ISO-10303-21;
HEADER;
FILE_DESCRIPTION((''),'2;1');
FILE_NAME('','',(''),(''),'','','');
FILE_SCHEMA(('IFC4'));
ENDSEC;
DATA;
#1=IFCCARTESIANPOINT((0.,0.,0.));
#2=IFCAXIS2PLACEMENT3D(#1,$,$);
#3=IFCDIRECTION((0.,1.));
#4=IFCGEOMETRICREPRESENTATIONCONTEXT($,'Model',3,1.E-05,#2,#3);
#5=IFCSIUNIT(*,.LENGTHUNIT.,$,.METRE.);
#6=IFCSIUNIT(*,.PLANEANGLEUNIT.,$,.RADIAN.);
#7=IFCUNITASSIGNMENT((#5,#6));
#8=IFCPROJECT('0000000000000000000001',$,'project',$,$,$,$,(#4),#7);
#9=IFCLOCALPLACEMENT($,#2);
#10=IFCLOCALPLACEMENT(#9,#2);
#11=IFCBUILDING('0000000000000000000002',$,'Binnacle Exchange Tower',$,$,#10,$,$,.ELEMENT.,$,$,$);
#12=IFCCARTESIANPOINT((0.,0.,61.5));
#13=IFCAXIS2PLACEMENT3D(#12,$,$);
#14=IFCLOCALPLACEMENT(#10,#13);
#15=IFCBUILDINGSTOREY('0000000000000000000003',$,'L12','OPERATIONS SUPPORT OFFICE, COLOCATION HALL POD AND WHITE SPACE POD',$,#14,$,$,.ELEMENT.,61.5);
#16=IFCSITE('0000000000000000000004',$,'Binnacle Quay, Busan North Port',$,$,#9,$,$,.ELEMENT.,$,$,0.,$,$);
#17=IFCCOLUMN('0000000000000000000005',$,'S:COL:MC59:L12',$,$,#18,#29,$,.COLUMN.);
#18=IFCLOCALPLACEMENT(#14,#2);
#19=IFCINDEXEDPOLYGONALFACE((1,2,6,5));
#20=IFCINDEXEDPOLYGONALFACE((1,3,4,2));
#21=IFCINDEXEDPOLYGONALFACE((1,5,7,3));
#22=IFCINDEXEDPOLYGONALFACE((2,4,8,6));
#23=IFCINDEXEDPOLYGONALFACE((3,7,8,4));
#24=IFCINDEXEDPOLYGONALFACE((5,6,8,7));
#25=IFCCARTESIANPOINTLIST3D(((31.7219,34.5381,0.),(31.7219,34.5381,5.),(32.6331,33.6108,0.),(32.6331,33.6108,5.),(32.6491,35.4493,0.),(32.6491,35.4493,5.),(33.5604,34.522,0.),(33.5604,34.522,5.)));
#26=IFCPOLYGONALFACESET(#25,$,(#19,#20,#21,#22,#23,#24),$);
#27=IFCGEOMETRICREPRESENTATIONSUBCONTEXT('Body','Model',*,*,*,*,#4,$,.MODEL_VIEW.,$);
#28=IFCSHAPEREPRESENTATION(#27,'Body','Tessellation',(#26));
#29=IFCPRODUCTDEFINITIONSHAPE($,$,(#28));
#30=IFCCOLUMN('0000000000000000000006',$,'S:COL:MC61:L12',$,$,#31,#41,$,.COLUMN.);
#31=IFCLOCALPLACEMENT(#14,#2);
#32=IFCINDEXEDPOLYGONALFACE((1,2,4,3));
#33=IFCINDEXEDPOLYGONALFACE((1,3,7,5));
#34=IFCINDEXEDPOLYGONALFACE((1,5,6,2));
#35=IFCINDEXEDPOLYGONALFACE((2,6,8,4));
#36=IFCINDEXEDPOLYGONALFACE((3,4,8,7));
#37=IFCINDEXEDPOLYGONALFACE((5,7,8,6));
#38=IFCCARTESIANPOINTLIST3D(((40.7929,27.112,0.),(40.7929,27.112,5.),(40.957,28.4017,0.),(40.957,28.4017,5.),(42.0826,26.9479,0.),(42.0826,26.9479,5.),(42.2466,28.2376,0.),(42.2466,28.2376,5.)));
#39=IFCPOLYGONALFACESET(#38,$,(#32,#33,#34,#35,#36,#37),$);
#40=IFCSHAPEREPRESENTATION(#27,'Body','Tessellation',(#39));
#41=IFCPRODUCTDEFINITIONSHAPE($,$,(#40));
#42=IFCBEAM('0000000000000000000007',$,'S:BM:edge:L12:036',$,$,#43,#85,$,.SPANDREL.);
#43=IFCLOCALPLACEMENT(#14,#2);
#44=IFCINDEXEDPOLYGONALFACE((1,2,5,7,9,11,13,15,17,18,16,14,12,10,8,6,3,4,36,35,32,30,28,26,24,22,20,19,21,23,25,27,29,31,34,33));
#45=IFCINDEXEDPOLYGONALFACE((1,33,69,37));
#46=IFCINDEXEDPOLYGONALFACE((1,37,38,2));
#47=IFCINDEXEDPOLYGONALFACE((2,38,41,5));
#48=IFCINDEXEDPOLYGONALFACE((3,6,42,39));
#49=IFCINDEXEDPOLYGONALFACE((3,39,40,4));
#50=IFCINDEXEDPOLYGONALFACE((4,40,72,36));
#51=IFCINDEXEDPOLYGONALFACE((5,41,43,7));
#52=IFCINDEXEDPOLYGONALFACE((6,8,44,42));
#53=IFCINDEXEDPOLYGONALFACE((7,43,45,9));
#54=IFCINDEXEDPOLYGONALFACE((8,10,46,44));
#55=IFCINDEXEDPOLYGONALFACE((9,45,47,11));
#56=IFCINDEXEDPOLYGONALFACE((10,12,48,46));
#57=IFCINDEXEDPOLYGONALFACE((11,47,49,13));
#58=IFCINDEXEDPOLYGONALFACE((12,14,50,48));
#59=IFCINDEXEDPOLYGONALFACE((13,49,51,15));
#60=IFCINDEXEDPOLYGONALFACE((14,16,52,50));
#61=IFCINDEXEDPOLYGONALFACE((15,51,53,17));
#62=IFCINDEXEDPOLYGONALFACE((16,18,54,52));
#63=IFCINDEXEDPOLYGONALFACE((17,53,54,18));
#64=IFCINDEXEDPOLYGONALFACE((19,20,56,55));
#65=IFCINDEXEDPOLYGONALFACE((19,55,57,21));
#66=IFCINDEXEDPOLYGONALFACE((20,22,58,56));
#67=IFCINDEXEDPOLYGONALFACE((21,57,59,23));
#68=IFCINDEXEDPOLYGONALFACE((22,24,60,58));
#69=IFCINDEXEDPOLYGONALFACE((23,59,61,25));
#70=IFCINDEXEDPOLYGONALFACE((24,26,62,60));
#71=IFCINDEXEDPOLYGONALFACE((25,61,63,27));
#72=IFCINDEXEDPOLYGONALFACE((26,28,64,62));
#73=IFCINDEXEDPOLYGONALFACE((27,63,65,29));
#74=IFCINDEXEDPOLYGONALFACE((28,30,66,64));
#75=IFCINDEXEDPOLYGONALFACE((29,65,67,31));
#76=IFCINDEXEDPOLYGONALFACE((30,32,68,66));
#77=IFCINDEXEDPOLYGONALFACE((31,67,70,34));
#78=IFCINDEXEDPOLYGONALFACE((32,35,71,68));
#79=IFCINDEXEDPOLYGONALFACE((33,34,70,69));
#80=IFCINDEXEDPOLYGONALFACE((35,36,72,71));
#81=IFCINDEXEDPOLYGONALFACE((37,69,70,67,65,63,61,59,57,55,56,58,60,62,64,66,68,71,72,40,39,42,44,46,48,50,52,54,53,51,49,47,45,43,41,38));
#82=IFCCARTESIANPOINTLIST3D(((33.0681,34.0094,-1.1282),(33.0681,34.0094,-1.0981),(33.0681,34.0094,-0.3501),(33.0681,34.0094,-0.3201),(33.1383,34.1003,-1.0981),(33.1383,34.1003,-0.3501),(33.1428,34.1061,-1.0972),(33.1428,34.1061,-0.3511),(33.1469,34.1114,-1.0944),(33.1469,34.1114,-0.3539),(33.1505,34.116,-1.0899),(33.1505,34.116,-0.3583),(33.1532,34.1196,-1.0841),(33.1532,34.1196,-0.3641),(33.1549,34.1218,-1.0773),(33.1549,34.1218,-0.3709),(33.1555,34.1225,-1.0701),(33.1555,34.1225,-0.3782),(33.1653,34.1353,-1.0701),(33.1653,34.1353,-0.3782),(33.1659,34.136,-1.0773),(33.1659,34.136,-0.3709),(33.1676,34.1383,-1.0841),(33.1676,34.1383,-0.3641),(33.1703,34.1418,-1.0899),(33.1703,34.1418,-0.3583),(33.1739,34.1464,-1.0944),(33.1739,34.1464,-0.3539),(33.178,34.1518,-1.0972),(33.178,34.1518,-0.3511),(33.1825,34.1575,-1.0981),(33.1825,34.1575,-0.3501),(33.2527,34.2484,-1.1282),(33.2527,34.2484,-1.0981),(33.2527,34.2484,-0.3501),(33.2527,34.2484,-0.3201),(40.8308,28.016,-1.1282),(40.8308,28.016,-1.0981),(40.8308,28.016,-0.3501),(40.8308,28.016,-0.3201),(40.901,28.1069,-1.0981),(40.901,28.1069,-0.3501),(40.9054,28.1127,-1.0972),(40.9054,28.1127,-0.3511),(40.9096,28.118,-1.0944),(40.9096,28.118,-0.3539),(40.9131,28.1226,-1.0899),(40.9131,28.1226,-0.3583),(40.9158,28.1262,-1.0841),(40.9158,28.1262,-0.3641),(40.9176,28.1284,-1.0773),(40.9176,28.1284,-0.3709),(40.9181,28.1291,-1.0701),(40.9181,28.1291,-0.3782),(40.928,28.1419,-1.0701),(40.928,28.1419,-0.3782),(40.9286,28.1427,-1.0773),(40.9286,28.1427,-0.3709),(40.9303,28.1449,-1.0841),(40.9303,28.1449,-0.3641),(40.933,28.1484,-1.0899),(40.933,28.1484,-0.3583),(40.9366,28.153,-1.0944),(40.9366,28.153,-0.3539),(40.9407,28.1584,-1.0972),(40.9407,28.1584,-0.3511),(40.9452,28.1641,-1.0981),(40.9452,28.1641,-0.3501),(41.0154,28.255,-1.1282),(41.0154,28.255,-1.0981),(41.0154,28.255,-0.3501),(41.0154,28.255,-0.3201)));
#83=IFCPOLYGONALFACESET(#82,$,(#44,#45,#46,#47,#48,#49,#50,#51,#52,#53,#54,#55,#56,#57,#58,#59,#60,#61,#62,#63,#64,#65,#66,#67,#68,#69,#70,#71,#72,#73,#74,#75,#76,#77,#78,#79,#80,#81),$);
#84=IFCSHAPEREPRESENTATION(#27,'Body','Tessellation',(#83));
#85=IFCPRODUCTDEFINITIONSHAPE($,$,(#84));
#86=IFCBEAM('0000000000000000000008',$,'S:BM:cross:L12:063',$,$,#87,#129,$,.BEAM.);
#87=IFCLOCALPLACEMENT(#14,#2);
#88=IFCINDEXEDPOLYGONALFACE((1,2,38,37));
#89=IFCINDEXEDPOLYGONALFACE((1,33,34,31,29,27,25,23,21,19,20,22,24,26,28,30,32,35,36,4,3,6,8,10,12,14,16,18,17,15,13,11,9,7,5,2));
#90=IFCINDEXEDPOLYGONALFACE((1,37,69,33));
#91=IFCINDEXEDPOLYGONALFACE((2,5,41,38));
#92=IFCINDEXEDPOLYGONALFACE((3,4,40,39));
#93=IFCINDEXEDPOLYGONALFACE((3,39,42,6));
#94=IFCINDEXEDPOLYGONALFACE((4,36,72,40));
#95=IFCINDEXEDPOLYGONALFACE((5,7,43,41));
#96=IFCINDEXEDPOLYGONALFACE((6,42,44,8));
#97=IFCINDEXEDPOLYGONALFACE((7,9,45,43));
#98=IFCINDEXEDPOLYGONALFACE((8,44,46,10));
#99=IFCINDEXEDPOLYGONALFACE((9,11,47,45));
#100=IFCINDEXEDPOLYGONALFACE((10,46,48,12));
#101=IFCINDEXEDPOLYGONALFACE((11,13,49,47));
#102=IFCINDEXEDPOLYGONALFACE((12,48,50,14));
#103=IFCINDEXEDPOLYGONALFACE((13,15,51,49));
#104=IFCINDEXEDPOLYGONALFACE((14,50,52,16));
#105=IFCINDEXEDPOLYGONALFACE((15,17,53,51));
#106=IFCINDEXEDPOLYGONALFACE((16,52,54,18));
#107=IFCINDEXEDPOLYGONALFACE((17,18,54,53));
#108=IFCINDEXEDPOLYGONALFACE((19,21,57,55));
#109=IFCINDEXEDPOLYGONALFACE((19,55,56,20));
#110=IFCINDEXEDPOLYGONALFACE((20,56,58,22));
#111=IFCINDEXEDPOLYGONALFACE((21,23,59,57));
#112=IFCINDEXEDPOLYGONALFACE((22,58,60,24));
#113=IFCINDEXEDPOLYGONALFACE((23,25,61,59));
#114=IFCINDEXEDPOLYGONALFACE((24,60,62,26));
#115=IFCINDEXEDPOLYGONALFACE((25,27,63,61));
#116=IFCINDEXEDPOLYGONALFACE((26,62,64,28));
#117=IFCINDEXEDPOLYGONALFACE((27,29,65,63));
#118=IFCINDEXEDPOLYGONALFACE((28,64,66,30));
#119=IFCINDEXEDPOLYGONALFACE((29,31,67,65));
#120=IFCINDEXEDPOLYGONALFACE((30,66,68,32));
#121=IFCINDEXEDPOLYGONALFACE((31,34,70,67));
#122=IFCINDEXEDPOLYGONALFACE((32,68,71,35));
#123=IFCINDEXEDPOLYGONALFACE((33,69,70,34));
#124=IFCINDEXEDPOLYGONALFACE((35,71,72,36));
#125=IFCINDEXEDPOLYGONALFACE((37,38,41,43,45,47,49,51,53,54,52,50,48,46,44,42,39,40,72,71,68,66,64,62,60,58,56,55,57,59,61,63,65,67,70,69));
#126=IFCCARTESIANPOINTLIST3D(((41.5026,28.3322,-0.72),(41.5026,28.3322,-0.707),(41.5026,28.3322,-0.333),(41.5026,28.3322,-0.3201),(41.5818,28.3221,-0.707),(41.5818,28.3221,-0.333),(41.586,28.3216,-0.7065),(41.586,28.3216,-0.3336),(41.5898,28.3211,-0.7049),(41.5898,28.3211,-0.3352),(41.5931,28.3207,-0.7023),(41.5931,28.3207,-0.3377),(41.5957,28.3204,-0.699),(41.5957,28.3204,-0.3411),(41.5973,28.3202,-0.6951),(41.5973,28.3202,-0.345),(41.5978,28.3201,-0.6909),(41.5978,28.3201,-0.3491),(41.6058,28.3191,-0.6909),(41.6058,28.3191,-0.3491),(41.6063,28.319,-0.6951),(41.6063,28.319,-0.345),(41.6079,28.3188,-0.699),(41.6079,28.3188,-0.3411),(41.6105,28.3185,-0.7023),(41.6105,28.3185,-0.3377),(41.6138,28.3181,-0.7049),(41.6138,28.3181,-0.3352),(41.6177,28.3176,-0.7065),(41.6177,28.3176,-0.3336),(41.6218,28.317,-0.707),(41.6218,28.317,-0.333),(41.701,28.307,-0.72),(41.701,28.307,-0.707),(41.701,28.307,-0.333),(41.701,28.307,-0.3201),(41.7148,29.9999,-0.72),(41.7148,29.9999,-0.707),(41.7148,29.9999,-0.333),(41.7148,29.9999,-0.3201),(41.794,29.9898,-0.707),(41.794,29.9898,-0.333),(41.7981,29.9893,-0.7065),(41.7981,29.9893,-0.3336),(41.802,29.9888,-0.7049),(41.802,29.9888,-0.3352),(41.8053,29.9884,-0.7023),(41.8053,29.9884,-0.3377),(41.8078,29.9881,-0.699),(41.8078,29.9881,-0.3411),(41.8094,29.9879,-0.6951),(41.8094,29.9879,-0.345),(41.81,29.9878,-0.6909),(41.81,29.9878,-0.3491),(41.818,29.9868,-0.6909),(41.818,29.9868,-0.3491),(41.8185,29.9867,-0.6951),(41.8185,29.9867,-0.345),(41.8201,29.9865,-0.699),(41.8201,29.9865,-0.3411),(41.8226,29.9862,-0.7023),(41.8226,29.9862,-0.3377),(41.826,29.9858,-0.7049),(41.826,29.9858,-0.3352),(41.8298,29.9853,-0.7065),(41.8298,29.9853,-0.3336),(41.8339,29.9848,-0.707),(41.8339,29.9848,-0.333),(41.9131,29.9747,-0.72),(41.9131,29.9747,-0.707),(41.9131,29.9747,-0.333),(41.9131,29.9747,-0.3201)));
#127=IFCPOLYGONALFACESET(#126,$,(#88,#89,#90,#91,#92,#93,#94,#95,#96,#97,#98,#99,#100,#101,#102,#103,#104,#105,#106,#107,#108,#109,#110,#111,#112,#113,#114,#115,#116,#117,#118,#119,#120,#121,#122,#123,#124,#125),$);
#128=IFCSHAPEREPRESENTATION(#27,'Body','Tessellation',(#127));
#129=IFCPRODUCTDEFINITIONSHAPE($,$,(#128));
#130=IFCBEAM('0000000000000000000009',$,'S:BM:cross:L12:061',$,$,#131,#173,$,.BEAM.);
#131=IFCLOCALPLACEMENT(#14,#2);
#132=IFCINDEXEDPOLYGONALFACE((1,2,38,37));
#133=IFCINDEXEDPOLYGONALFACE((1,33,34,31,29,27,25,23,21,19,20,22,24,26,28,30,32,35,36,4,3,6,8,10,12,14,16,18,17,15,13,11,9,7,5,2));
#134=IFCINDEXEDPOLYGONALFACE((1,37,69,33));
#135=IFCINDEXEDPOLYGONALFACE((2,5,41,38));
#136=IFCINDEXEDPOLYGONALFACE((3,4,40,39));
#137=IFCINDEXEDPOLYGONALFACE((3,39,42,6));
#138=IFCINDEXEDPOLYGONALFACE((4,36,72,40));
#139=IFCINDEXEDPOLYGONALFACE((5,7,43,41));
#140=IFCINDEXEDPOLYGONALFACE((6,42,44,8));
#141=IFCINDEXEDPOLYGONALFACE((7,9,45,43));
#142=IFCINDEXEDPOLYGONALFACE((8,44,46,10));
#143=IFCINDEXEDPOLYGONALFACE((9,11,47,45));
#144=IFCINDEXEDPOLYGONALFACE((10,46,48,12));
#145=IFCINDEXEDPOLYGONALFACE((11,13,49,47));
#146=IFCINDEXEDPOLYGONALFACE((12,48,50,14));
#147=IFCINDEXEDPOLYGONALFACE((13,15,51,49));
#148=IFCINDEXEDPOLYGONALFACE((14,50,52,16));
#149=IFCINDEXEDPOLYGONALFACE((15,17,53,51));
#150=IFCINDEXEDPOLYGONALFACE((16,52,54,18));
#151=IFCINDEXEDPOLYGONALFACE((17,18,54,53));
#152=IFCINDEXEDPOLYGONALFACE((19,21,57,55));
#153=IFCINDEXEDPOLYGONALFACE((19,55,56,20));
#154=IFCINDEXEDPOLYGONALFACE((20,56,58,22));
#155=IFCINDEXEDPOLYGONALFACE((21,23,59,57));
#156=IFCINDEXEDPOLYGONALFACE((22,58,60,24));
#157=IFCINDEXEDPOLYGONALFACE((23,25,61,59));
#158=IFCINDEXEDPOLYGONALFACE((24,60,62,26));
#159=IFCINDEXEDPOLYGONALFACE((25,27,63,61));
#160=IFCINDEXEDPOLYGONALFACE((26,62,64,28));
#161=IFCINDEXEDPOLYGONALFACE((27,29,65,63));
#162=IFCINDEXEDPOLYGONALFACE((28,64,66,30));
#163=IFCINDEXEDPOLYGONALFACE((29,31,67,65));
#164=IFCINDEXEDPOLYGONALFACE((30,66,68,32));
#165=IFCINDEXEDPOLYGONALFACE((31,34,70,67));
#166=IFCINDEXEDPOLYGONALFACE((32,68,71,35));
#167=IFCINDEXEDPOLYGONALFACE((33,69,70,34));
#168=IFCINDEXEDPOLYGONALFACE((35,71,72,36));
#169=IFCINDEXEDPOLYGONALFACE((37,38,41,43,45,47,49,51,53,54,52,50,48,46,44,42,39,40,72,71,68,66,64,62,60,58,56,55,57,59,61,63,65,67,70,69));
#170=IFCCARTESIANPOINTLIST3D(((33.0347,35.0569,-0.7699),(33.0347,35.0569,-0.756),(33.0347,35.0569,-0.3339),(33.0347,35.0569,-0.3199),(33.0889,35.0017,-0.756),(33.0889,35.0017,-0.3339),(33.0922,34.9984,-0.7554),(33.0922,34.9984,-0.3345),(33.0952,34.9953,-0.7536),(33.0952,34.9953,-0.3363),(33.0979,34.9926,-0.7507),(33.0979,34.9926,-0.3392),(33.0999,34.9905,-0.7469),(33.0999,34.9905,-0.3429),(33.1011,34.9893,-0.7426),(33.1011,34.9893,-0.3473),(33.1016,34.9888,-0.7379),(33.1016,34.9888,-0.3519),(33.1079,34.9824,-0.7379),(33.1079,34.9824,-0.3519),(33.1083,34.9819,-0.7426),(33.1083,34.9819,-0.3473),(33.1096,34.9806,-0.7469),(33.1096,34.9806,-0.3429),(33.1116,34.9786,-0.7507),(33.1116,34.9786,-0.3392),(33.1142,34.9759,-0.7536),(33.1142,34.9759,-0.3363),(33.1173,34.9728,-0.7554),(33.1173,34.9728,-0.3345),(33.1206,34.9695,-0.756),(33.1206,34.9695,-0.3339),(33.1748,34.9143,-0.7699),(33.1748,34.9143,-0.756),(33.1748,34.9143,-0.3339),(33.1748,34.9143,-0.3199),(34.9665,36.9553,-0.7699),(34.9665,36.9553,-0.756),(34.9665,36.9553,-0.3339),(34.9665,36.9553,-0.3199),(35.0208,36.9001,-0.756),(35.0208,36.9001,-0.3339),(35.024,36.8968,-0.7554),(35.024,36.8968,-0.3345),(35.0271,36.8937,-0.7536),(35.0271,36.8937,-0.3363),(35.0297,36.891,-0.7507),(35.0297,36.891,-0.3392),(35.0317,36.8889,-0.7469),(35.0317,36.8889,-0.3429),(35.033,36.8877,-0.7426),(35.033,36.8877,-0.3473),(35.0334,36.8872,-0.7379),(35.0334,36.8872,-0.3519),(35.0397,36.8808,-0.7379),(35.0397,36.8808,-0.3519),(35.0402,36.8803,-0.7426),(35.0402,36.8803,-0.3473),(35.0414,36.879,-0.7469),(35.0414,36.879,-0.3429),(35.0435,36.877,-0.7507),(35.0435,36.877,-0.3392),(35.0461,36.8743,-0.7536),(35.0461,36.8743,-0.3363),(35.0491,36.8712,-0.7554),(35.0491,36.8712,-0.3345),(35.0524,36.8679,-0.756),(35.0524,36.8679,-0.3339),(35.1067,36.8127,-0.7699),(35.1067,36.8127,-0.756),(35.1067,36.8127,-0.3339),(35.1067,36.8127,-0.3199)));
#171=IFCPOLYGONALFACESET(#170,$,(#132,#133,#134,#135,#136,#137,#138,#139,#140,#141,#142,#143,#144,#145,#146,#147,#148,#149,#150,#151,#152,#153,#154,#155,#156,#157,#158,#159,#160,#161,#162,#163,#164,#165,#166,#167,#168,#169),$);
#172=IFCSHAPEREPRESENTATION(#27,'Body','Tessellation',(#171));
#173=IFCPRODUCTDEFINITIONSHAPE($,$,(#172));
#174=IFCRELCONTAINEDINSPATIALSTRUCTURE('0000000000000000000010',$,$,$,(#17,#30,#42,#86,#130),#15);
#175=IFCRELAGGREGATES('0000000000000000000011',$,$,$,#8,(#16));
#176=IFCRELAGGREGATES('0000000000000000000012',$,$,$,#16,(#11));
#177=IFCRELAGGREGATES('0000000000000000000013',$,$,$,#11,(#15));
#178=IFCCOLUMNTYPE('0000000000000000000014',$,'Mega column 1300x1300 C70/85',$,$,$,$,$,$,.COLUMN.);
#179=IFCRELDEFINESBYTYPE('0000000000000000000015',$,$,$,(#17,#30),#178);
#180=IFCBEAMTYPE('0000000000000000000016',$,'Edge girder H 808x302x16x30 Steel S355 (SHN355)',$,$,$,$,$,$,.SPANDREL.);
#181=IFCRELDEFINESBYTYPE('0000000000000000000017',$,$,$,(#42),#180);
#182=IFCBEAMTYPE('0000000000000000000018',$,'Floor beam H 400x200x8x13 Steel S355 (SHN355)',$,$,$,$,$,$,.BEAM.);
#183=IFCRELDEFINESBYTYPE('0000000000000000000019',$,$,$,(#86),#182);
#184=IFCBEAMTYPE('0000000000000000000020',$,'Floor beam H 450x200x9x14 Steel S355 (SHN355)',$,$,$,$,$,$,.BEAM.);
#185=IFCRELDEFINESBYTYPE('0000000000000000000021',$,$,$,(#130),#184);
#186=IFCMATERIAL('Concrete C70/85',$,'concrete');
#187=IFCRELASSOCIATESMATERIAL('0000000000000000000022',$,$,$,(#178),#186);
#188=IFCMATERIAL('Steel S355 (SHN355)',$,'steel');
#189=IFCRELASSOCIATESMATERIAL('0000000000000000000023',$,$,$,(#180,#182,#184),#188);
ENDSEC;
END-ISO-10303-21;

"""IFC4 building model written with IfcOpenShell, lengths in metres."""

from ifc_helpers import new_model, si_unit, direction, frame, origin, origin_2d, place, context, subcontext, project, spatial, rectangle, i_section, extrude, material, material_profile, profile_set, type_object, element, save


model = new_model("IFC4")

# Units and contexts
model_context = context("Model", 3, precision=1e-05, world=origin(), true_north=direction((0.0, 1.0)))
body_context = subcontext(model_context, "Body", "Model", "MODEL_VIEW")
ifc_project = project(units=[si_unit("LENGTHUNIT", "METRE"), si_unit("PLANEANGLEUNIT", "RADIAN")], contexts=[model_context])

# Site, building, storey
site_placement = place(None, origin())
site = spatial("IfcSite", under=ifc_project, at=site_placement, Name="Binnacle Quay, Busan North Port", CompositionType="ELEMENT", RefElevation=0.0)
building_placement = place(site_placement, origin())
building = spatial("IfcBuilding", under=site, at=building_placement, Name="Binnacle Exchange Tower", CompositionType="ELEMENT")
storey_placement = place(building_placement, frame((0.0, 0.0, 61.5)))
storey = spatial("IfcBuildingStorey", under=building, at=storey_placement, Name="L12", Description="OPERATIONS SUPPORT OFFICE, COLOCATION HALL POD AND WHITE SPACE POD", CompositionType="ELEMENT", Elevation=61.5)

# Columns
ifc_material_1 = material(Name="Concrete C70/85", Category="concrete")
ifc_material_profile_1 = material_profile(ifc_material_1, rectangle(XDim=1.3, YDim=1.3, at=origin_2d()), Name="Mega column 1300x1300 C70/85")
ifc_profile_set_1 = profile_set([ifc_material_profile_1], Name="Concrete C70/85")
column_type = type_object("IfcColumnType", Name="Mega column 1300x1300 C70/85", PredefinedType="COLUMN", material=ifc_profile_set_1)
for number, where, z_axis, x_axis, name in (
    (1, (32.6411, 34.53, 0.0), (0.0, 0.0, 1.0), (0.700909, -0.71325, 0.0), "S:COL:MC59:L12"),
    (2, (41.5198, 27.6748, 0.0), (0.0, 0.0, 1.0), (0.992005, -0.126199, 0.0), "S:COL:MC61:L12"),
):
    element("IfcColumn", number, at=place(storey_placement, frame(where, z_axis=z_axis, x_axis=x_axis)), inside=storey, type_object=column_type, Name=name, PredefinedType="COLUMN", context=body_context, shape_type="SweptSolid", body=[
        extrude(rectangle(XDim=1.3, YDim=1.3, at=origin_2d()), origin(), (0.0, 0.0, 1.0), 5.0),
    ])

# Beams
ifc_material_2 = material(Name="Steel S355 (SHN355)", Category="steel")
ifc_material_profile_2 = material_profile(ifc_material_2, i_section(OverallWidth=0.302, OverallDepth=0.8081, WebThickness=0.0161, FlangeThickness=0.03, FilletRadius=0.0281, at=origin_2d()), Name="H 808x302x16x30")
ifc_profile_set_2 = profile_set([ifc_material_profile_2], Name="Steel S355 (SHN355)")
beam_type_1 = type_object("IfcBeamType", Name="Edge girder H 808x302x16x30 Steel S355 (SHN355)", PredefinedType="SPANDREL", material=ifc_profile_set_2)
beam_1_placement = place(storey_placement, frame((33.1604, 34.1289, -0.7241), z_axis=(0.791533, -0.611126, 0.0), x_axis=(0.611126, 0.791533, 0.0)))
element("IfcBeam", 3, at=beam_1_placement, inside=storey, type_object=beam_type_1, Name="S:BM:edge:L12:036", PredefinedType="SPANDREL", context=body_context, shape_type="SweptSolid", body=[
    extrude(i_section(OverallWidth=0.302, OverallDepth=0.8081, WebThickness=0.0161, FlangeThickness=0.03, FilletRadius=0.0281, at=origin_2d()), origin(), (0.0, 0.0, 1.0), 9.8071),
])
ifc_material_profile_3 = material_profile(ifc_material_2, i_section(OverallWidth=0.2, OverallDepth=0.3999, WebThickness=0.0081, FlangeThickness=0.0129, FilletRadius=0.0161, at=origin_2d()), Name="H 400x200x8x13")
ifc_profile_set_3 = profile_set([ifc_material_profile_3], Name="Steel S355 (SHN355)")
beam_type_2 = type_object("IfcBeamType", Name="Floor beam H 400x200x8x13 Steel S355 (SHN355)", PredefinedType="BEAM", material=ifc_profile_set_3)
beam_2_placement = place(storey_placement, frame((41.6018, 28.3196, -0.52), z_axis=(0.126197, 0.992005, 0.0), x_axis=(-0.992005, 0.126197, 0.0)))
element("IfcBeam", 4, at=beam_2_placement, inside=storey, type_object=beam_type_2, Name="S:BM:cross:L12:063", PredefinedType="BEAM", context=body_context, shape_type="SweptSolid", body=[
    extrude(i_section(OverallWidth=0.2, OverallDepth=0.3999, WebThickness=0.0081, FlangeThickness=0.0129, FilletRadius=0.0161, at=origin_2d()), origin(), (0.0, 0.0, 1.0), 1.6812),
])
ifc_material_profile_4 = material_profile(ifc_material_2, i_section(OverallWidth=0.2, OverallDepth=0.45, WebThickness=0.009, FlangeThickness=0.0139, FilletRadius=0.0181, at=origin_2d()), Name="H 450x200x9x14")
ifc_profile_set_4 = profile_set([ifc_material_profile_4], Name="Steel S355 (SHN355)")
beam_type_3 = type_object("IfcBeamType", Name="Floor beam H 450x200x9x14 Steel S355 (SHN355)", PredefinedType="BEAM", material=ifc_profile_set_4)
beam_3_placement = place(storey_placement, frame((33.1047, 34.9856, -0.5449), z_axis=(0.713254, 0.700905, 0.0), x_axis=(-0.700905, 0.713254, 0.0)))
element("IfcBeam", 5, at=beam_3_placement, inside=storey, type_object=beam_type_3, Name="S:BM:cross:L12:061", PredefinedType="BEAM", context=body_context, shape_type="SweptSolid", body=[
    extrude(i_section(OverallWidth=0.2, OverallDepth=0.45, WebThickness=0.009, FlangeThickness=0.0139, FilletRadius=0.0181, at=origin_2d()), origin(), (0.0, 0.0, 1.0), 2.7085),
])

save(model, "model.ifc")
